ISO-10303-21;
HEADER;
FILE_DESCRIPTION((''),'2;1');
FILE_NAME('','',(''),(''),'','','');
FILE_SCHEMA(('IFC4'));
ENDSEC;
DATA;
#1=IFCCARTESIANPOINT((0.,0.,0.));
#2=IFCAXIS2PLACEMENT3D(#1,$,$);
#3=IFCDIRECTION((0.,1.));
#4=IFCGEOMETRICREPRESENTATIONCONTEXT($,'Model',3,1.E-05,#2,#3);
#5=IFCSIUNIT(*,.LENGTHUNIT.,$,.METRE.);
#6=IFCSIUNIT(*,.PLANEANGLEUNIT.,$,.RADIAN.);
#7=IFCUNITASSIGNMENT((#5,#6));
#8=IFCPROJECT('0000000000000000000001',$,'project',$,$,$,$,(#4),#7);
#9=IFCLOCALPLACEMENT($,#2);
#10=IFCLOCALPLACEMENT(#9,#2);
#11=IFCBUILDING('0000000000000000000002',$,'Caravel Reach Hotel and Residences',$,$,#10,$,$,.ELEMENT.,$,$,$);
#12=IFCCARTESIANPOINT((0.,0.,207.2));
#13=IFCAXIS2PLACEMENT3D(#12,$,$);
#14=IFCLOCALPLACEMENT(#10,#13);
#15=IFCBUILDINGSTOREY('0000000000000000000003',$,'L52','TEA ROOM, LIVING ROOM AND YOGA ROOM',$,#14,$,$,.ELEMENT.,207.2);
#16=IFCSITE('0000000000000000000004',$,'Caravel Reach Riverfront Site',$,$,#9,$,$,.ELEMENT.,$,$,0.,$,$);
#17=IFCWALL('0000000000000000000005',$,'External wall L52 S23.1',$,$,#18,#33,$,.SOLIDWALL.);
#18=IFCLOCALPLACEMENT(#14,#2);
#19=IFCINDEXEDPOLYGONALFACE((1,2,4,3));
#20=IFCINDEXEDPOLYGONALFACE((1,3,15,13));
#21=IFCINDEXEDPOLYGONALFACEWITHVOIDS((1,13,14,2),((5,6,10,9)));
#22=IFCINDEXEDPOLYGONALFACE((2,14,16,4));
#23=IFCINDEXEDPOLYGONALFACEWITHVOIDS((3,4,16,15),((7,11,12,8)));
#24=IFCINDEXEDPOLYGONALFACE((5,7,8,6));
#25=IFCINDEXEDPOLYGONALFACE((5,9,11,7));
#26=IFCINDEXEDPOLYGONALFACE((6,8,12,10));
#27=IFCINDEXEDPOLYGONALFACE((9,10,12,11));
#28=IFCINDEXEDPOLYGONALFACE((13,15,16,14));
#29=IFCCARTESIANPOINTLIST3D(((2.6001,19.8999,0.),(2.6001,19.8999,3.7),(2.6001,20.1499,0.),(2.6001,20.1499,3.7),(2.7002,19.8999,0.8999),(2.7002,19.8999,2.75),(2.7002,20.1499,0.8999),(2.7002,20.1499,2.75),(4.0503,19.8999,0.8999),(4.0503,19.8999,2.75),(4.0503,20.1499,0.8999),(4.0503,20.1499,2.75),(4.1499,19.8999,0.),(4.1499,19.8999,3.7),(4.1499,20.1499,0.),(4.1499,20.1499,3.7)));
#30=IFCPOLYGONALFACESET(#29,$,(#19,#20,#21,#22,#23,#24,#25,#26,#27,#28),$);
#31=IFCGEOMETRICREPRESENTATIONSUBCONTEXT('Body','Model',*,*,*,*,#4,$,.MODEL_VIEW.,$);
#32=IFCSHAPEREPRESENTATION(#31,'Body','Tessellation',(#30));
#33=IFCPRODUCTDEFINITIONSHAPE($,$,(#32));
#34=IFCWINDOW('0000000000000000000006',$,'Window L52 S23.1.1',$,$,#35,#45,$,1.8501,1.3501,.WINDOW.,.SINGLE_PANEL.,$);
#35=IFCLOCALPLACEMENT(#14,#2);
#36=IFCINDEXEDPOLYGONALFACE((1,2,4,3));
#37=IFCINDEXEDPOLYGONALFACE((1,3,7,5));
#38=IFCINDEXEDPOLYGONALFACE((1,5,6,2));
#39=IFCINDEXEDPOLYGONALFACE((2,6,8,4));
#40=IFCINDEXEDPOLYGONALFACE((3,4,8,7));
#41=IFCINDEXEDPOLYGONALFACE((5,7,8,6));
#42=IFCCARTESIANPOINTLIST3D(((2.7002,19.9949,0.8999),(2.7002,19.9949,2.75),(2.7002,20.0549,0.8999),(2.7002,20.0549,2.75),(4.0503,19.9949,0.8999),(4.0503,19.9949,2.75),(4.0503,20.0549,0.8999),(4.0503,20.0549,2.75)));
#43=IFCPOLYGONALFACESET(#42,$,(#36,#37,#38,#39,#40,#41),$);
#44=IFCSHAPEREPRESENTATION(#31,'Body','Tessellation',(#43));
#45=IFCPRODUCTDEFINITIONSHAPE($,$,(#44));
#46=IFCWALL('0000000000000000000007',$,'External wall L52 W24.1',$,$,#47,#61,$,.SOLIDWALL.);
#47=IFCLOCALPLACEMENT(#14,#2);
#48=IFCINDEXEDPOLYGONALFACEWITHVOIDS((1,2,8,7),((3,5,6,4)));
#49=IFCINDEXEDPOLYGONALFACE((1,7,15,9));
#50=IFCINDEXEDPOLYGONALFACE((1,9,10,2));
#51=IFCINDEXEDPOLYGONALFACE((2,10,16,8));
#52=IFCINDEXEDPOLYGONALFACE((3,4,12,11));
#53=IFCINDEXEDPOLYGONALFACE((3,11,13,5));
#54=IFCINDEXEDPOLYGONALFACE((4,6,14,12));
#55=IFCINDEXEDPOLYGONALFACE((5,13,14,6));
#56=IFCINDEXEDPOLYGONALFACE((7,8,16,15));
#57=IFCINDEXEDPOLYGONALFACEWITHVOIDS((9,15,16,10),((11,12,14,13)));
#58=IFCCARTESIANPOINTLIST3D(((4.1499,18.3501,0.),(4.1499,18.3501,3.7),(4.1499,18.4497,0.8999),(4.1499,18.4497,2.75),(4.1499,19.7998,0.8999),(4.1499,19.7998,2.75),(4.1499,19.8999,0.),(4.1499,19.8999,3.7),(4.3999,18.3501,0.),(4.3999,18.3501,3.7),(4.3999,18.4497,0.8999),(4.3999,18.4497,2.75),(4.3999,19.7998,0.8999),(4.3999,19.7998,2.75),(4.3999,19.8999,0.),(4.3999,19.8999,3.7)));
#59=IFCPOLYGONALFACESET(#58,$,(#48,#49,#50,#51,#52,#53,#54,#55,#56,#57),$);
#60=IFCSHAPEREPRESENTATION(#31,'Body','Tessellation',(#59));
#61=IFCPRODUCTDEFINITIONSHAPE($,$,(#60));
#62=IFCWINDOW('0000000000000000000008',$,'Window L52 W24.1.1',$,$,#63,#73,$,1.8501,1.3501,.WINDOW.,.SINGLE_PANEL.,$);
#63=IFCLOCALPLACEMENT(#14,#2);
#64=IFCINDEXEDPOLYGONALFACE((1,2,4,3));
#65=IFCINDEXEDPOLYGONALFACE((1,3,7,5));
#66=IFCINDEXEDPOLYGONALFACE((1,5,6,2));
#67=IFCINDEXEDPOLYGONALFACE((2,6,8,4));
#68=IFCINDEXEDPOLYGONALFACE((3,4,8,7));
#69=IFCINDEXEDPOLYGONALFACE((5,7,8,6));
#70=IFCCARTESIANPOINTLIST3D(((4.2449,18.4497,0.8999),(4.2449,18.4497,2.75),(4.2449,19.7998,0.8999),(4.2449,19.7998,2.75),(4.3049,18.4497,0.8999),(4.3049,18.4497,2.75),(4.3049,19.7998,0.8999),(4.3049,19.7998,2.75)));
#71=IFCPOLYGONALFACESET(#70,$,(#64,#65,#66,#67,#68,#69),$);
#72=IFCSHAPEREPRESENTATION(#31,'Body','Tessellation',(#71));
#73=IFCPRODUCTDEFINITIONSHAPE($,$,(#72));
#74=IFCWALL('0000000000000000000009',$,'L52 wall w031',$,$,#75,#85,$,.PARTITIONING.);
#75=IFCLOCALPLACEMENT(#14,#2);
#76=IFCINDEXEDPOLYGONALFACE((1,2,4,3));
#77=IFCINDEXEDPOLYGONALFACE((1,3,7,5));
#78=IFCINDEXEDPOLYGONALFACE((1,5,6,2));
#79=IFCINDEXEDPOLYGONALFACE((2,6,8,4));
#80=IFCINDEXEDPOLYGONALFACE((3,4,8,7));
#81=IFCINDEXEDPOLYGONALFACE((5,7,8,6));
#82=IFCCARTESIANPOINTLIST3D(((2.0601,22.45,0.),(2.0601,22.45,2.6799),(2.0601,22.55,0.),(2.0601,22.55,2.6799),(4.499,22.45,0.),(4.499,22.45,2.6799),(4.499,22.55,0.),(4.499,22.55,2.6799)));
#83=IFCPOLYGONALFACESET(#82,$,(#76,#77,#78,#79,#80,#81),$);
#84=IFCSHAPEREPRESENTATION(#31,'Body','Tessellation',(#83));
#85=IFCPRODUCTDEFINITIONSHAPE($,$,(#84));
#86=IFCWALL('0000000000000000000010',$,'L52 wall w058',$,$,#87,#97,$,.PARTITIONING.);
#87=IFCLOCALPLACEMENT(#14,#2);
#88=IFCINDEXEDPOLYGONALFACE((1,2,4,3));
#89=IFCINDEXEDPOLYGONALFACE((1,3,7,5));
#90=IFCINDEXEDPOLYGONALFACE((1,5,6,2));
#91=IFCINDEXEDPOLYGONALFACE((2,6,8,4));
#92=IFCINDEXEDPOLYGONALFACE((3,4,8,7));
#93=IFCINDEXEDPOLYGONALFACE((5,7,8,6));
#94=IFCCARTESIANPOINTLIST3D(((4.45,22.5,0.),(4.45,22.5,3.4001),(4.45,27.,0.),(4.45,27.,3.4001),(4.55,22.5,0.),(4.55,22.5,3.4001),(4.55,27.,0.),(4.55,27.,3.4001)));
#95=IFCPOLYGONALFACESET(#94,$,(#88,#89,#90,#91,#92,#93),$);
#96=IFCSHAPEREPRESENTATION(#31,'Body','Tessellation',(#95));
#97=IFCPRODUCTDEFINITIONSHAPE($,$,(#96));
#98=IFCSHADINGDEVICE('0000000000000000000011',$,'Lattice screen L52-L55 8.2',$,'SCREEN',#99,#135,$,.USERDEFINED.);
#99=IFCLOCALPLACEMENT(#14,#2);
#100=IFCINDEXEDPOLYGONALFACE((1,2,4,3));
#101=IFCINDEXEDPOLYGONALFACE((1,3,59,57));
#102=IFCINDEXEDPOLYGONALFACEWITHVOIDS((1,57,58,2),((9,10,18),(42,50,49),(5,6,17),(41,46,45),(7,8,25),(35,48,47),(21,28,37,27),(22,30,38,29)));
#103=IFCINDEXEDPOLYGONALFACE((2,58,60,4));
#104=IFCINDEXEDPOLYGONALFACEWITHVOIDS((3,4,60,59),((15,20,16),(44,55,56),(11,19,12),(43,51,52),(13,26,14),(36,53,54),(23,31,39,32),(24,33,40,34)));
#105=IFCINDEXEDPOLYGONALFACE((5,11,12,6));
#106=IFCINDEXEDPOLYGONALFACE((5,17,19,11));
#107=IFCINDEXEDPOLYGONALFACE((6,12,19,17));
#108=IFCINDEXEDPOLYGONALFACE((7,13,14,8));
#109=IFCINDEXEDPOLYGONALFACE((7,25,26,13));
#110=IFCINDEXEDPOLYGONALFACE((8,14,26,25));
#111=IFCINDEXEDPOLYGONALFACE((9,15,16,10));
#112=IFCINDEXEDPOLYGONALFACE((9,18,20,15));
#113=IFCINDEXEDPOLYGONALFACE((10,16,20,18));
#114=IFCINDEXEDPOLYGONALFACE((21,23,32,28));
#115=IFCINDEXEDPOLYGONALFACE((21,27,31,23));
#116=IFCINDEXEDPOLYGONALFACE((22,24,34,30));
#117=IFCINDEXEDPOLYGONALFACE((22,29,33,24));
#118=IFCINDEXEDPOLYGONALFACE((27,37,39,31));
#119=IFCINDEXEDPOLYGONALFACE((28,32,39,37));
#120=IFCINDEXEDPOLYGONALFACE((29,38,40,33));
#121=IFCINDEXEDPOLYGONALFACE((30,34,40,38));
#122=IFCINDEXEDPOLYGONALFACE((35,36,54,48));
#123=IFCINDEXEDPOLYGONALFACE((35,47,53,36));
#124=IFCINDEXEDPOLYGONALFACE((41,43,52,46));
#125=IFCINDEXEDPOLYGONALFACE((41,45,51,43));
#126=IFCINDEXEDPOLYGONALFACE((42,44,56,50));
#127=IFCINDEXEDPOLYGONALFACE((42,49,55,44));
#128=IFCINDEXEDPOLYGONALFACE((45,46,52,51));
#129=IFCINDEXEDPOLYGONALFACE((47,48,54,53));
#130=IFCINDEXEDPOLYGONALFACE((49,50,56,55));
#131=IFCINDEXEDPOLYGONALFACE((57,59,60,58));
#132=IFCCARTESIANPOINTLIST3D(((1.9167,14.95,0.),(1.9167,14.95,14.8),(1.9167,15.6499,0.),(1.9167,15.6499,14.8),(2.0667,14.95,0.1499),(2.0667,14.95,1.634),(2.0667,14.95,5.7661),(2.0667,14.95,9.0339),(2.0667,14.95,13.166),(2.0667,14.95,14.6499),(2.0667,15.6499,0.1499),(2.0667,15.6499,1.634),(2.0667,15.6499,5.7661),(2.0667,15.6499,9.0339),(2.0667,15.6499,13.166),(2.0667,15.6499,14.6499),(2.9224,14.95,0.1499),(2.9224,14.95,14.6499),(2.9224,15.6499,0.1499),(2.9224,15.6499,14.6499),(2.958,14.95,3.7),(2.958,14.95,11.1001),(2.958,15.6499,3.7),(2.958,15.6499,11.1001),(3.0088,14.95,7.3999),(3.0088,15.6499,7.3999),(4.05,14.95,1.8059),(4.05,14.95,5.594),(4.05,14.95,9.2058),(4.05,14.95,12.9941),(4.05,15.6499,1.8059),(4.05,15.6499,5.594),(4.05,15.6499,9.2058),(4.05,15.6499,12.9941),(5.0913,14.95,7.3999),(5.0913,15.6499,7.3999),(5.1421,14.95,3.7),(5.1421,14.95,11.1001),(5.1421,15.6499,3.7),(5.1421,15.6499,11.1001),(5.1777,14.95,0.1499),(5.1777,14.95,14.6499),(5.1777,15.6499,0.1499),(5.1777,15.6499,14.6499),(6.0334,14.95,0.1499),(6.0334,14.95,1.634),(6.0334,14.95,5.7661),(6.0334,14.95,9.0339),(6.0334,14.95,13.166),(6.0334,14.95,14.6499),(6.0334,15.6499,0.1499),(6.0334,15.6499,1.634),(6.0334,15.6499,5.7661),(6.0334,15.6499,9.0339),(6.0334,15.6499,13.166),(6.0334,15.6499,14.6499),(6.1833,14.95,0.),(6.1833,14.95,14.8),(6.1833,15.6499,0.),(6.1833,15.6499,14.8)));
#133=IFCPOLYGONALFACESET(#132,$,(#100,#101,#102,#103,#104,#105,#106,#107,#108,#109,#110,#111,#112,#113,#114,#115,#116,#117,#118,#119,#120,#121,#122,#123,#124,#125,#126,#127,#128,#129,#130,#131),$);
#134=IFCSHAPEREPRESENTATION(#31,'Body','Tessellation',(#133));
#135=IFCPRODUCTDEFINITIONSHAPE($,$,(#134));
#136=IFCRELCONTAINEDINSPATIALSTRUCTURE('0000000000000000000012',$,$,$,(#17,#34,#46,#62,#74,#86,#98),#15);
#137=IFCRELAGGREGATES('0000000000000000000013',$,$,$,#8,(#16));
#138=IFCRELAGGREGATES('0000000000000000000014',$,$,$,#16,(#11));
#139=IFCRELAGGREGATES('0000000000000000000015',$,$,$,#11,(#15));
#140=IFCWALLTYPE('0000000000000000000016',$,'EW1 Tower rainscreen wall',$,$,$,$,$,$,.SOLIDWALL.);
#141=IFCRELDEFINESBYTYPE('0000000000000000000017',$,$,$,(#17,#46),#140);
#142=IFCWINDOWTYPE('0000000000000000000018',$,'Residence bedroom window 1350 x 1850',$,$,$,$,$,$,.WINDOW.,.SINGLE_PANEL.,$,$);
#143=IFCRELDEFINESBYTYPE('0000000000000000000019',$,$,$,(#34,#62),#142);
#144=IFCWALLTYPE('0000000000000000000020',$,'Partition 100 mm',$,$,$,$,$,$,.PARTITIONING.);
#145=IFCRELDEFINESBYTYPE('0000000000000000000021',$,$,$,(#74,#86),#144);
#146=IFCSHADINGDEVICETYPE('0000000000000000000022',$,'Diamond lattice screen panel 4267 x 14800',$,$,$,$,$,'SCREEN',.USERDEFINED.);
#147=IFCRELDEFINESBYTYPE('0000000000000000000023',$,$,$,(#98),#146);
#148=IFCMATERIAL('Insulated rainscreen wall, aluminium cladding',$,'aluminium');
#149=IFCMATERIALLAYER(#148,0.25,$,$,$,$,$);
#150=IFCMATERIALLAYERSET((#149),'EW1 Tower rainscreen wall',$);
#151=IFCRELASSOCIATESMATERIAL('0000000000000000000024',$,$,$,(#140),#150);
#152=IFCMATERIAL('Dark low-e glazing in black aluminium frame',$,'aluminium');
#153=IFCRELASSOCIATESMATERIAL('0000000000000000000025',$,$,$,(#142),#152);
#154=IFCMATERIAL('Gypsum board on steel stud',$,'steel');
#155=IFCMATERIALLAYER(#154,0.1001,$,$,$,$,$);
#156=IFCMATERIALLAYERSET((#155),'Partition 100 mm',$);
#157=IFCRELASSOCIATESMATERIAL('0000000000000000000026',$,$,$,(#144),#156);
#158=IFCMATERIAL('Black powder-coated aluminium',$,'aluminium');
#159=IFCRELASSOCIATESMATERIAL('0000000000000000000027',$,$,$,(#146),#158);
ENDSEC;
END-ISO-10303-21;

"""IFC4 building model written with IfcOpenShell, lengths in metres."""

from ifc_helpers import new_model, si_unit, direction, frame, frame_2d, origin, place, context, subcontext, project, spatial, polyline, rectangle, outline, extrude, material, layer, layer_set, type_object, element, fill, save


model = new_model("IFC4")

# Units and contexts
model_context = context("Model", 3, precision=1e-05, world=origin(), true_north=direction((0.0, 1.0)))
body_context = subcontext(model_context, "Body", "Model", "MODEL_VIEW")
ifc_project = project(units=[si_unit("LENGTHUNIT", "METRE"), si_unit("PLANEANGLEUNIT", "RADIAN")], contexts=[model_context])

# Site, building, storey
site_placement = place(None, origin())
site = spatial("IfcSite", under=ifc_project, at=site_placement, Name="Caravel Reach Riverfront Site", CompositionType="ELEMENT", RefElevation=0.0)
building_placement = place(site_placement, origin())
building = spatial("IfcBuilding", under=site, at=building_placement, Name="Caravel Reach Hotel and Residences", CompositionType="ELEMENT")
storey_placement = place(building_placement, frame((0.0, 0.0, 207.2)))
storey = spatial("IfcBuildingStorey", under=building, at=storey_placement, Name="L52", Description="TEA ROOM, LIVING ROOM AND YOGA ROOM", CompositionType="ELEMENT", Elevation=207.2)

# Walls, openings, windows
ifc_material_1 = material(Name="Insulated rainscreen wall, aluminium cladding", Category="aluminium")
ifc_layer_1 = layer(ifc_material_1, 0.25)
ifc_layer_set_1 = layer_set([ifc_layer_1], Name="EW1 Tower rainscreen wall")
wall_type_1 = type_object("IfcWallType", Name="EW1 Tower rainscreen wall", PredefinedType="SOLIDWALL", material=ifc_layer_set_1)
ifc_material_2 = material(Name="Dark low-e glazing in black aluminium frame", Category="aluminium")
window_type = type_object("IfcWindowType", Name="Residence bedroom window 1350 x 1850", PartitioningType="SINGLE_PANEL", PredefinedType="WINDOW", material=ifc_material_2)
wall_1_placement = place(storey_placement, frame((2.6001, 20.0249, 0.0), z_axis=(0.0, 0.0, 1.0), x_axis=(1.0, 0.0, 0.0)))
wall_1 = element("IfcWall", 1, at=wall_1_placement, inside=storey, type_object=wall_type_1, Name="External wall L52 S23.1", PredefinedType="SOLIDWALL", context=body_context, shape_type="SweptSolid", body=[
    extrude(rectangle(XDim=1.5498, YDim=0.25, at=frame_2d((0.7749, 0.0))), origin(), (0.0, 0.0, 1.0), 3.7),
])
opening_1_placement = place(wall_1_placement, frame((0.1001, 0.0, 0.8999)))
opening_1 = element("IfcOpeningElement", 2, at=opening_1_placement, cuts=wall_1, PredefinedType="OPENING", context=body_context, shape_type="SweptSolid", body=[
    extrude(rectangle(XDim=1.3501, YDim=1.8501, at=frame_2d((0.675, 0.925))), frame((0.0, 0.135, 0.0), z_axis=(0.0, -1.0, 0.0), x_axis=(1.0, 0.0, 0.0)), (0.0, 0.0, 1.0), 0.27),
])
window_1_placement = place(opening_1_placement, origin())
window_1 = element("IfcWindow", 3, at=window_1_placement, inside=storey, type_object=window_type, Name="Window L52 S23.1.1", OverallHeight=1.8501, OverallWidth=1.3501, PartitioningType="SINGLE_PANEL", PredefinedType="WINDOW", context=body_context, shape_type="SweptSolid", body=[
    extrude(rectangle(XDim=1.3501, YDim=1.8501, at=frame_2d((0.675, 0.925))), frame((0.0, 0.03, 0.0), z_axis=(0.0, -1.0, 0.0), x_axis=(1.0, 0.0, 0.0)), (0.0, 0.0, 1.0), 0.0601),
])
fill(opening_1, window_1)
wall_2_placement = place(storey_placement, frame((4.2749, 19.8999, 0.0), z_axis=(0.0, 0.0, 1.0), x_axis=(0.0, -1.0, 0.0)))
wall_2 = element("IfcWall", 4, at=wall_2_placement, inside=storey, type_object=wall_type_1, Name="External wall L52 W24.1", PredefinedType="SOLIDWALL", context=body_context, shape_type="SweptSolid", body=[
    extrude(rectangle(XDim=1.5498, YDim=0.25, at=frame_2d((0.7749, 0.0))), origin(), (0.0, 0.0, 1.0), 3.7),
])
opening_2_placement = place(wall_2_placement, frame((0.1001, 0.0, 0.8999)))
opening_2 = element("IfcOpeningElement", 5, at=opening_2_placement, cuts=wall_2, PredefinedType="OPENING", context=body_context, shape_type="SweptSolid", body=[
    extrude(rectangle(XDim=1.3501, YDim=1.8501, at=frame_2d((0.675, 0.925))), frame((0.0, 0.135, 0.0), z_axis=(0.0, -1.0, 0.0), x_axis=(1.0, 0.0, 0.0)), (0.0, 0.0, 1.0), 0.27),
])
window_2_placement = place(opening_2_placement, origin())
window_2 = element("IfcWindow", 6, at=window_2_placement, inside=storey, type_object=window_type, Name="Window L52 W24.1.1", OverallHeight=1.8501, OverallWidth=1.3501, PartitioningType="SINGLE_PANEL", PredefinedType="WINDOW", context=body_context, shape_type="SweptSolid", body=[
    extrude(rectangle(XDim=1.3501, YDim=1.8501, at=frame_2d((0.675, 0.925))), frame((0.0, 0.03, 0.0), z_axis=(0.0, -1.0, 0.0), x_axis=(1.0, 0.0, 0.0)), (0.0, 0.0, 1.0), 0.0601),
])
fill(opening_2, window_2)

# Walls
ifc_material_3 = material(Name="Gypsum board on steel stud", Category="steel")
ifc_layer_2 = layer(ifc_material_3, 0.1001)
ifc_layer_set_2 = layer_set([ifc_layer_2], Name="Partition 100 mm")
wall_type_2 = type_object("IfcWallType", Name="Partition 100 mm", PredefinedType="PARTITIONING", material=ifc_layer_set_2)
wall_3_placement = place(storey_placement, frame((2.0601, 22.5, 0.0), z_axis=(0.0, 0.0, 1.0), x_axis=(1.0, 0.0, 0.0)))
element("IfcWall", 7, at=wall_3_placement, inside=storey, type_object=wall_type_2, Name="L52 wall w031", PredefinedType="PARTITIONING", context=body_context, shape_type="SweptSolid", body=[
    extrude(rectangle(XDim=2.439, YDim=0.1001, at=frame_2d((1.2195, 0.0))), origin(), (0.0, 0.0, 1.0), 2.6799),
])
wall_4_placement = place(storey_placement, frame((4.5, 22.5, 0.0), z_axis=(0.0, 0.0, 1.0), x_axis=(0.0, 1.0, 0.0)))
element("IfcWall", 8, at=wall_4_placement, inside=storey, type_object=wall_type_2, Name="L52 wall w058", PredefinedType="PARTITIONING", context=body_context, shape_type="SweptSolid", body=[
    extrude(rectangle(XDim=4.5, YDim=0.1001, at=frame_2d((2.25, 0.0))), origin(), (0.0, 0.0, 1.0), 3.4001),
])

# Shading device
ifc_material_4 = material(Name="Black powder-coated aluminium", Category="aluminium")
shading_device_type_1 = type_object("IfcShadingDeviceType", Name="Diamond lattice screen panel 4267 x 14800", ElementType="SCREEN", PredefinedType="USERDEFINED", material=ifc_material_4)
shading_device_1_placement = place(storey_placement, frame((1.9167, 15.6499, 0.0), z_axis=(0.0, -1.0, 0.0), x_axis=(1.0, 0.0, 0.0)))
element("IfcShadingDevice", 9, at=shading_device_1_placement, inside=storey, type_object=shading_device_type_1, Name="Lattice screen L52-L55 8.2", ObjectType="SCREEN", PredefinedType="USERDEFINED", context=body_context, shape_type="SweptSolid", body=[
    extrude(outline(polyline([(0.0, 0.0), (4.2666, 0.0), (4.2666, 14.8), (0.0, 14.8), (0.0, 0.0)]), holes=[polyline([(1.0056, 0.1499), (0.1499, 1.634), (0.1499, 0.1499), (1.0056, 0.1499)]), polyline([(1.092, 7.3999), (0.1499, 9.0339), (0.1499, 5.7661), (1.092, 7.3999)]), polyline([(0.1499, 13.166), (1.0056, 14.6499), (0.1499, 14.6499), (0.1499, 13.166)]), polyline([(2.1333, 5.594), (1.0413, 3.7), (2.1333, 1.8059), (3.2253, 3.7), (2.1333, 5.594)]), polyline([(2.1333, 12.9941), (1.0413, 11.1001), (2.1333, 9.2058), (3.2253, 11.1001), (2.1333, 12.9941)]), polyline([(4.1167, 1.634), (3.261, 0.1499), (4.1167, 0.1499), (4.1167, 1.634)]), polyline([(3.1746, 7.3999), (4.1167, 5.7661), (4.1167, 9.0339), (3.1746, 7.3999)]), polyline([(3.261, 14.6499), (4.1167, 13.166), (4.1167, 14.6499), (3.261, 14.6499)])]), origin(), (0.0, 0.0, 1.0), 0.7),
])

save(model, "model.ifc")
